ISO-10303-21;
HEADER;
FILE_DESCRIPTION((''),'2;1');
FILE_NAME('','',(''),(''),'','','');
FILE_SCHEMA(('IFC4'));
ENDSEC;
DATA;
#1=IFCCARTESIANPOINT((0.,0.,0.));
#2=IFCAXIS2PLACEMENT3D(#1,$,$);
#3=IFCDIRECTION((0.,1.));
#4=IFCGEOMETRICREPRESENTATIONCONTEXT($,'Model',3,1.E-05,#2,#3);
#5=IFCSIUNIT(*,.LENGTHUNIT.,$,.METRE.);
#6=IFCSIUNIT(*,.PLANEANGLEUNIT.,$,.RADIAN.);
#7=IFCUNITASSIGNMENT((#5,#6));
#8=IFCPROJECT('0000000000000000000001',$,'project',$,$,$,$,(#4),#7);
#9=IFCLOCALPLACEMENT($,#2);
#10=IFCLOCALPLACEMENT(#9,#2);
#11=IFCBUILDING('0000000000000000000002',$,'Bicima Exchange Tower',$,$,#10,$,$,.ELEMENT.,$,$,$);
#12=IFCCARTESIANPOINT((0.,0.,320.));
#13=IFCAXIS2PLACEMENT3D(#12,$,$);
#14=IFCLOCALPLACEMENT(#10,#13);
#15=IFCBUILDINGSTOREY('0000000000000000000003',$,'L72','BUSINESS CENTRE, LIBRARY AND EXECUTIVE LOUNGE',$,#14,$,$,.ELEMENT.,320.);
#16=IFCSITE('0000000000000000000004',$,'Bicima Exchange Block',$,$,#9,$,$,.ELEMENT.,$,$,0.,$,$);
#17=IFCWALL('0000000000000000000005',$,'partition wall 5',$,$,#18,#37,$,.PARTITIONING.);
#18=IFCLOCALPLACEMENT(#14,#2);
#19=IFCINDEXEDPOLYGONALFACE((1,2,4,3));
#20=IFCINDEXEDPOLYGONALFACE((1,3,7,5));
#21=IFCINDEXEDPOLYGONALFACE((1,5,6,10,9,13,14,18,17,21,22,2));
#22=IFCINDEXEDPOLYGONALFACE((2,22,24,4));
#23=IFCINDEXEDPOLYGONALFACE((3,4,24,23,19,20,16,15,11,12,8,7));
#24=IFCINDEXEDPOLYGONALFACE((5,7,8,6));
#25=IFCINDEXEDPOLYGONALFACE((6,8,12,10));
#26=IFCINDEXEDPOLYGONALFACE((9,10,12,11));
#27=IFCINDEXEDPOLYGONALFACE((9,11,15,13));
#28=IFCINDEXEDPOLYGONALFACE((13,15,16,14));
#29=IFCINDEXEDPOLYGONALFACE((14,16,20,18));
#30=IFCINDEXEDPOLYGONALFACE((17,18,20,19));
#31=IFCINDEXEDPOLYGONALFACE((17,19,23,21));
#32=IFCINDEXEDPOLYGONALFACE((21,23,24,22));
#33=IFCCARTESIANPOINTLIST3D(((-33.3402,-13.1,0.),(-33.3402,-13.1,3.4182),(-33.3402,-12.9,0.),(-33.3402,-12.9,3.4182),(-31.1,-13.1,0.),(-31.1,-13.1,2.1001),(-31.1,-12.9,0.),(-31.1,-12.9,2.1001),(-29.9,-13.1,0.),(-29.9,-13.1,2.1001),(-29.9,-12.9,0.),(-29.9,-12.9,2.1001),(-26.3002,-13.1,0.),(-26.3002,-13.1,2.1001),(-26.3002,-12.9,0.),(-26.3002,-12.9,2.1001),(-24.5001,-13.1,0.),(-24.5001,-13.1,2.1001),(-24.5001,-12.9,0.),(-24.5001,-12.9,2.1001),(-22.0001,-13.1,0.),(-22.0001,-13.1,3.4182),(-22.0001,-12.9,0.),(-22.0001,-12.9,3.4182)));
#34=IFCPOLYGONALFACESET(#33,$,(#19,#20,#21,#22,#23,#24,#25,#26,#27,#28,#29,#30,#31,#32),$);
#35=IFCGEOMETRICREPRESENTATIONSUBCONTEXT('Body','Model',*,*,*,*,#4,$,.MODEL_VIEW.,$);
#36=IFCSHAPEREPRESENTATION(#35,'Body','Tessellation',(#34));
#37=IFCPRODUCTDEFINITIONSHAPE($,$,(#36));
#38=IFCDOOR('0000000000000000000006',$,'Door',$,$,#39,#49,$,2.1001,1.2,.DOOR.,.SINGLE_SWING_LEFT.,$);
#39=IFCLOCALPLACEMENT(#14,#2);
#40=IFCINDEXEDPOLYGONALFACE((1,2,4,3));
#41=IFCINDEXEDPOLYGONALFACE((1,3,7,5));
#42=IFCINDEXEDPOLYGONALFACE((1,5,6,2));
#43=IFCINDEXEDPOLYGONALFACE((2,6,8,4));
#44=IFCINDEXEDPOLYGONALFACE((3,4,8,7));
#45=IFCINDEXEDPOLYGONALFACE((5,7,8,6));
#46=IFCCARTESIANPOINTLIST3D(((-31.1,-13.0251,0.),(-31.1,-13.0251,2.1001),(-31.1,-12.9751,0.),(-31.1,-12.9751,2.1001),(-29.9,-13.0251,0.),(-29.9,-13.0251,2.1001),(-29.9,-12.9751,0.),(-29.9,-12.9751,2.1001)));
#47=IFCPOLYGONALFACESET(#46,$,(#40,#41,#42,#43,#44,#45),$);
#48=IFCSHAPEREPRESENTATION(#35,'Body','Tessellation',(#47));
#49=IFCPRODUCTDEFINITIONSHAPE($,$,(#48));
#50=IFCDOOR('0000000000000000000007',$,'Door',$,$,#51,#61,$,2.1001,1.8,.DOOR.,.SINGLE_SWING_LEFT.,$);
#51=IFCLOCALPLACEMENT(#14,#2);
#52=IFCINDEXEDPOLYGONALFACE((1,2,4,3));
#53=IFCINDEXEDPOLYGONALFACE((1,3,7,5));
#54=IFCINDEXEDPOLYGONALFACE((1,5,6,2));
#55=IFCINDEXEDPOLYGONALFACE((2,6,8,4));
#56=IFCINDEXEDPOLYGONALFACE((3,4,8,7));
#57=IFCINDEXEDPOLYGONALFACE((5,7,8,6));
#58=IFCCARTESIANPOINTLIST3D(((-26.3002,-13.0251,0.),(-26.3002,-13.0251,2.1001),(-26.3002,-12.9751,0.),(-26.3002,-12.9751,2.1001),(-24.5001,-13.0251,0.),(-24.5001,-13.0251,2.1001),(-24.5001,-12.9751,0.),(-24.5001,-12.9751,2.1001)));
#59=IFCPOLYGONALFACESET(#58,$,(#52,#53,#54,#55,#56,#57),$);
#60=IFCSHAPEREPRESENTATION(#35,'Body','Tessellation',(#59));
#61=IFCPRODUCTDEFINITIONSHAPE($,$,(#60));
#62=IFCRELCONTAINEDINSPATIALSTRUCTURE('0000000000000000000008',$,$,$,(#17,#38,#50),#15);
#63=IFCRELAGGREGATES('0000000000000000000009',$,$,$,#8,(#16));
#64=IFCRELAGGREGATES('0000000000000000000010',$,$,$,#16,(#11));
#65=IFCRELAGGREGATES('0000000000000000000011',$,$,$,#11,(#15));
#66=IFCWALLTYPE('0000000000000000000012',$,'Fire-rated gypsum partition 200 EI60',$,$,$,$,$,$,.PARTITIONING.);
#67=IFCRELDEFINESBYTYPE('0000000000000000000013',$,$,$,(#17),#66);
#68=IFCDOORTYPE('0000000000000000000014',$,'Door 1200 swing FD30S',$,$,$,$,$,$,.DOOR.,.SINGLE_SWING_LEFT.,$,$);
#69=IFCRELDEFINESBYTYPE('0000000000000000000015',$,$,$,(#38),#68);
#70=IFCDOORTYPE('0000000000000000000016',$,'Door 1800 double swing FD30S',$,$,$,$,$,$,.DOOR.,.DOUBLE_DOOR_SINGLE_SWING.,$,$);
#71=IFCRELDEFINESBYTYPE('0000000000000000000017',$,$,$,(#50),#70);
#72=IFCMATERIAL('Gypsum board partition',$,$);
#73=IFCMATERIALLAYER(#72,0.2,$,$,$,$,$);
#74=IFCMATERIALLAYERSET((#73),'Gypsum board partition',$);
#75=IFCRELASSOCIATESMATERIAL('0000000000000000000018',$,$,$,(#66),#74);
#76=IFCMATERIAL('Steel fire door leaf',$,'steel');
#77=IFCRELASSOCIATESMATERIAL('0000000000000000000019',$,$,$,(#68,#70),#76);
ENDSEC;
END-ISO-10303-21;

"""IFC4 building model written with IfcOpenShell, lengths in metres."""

from ifc_helpers import new_model, si_unit, direction, frame, frame_2d, origin, place, context, subcontext, project, spatial, rectangle, extrude, material, layer, layer_set, type_object, element, fill, save


model = new_model("IFC4")

# Units and contexts
model_context = context("Model", 3, precision=1e-05, world=origin(), true_north=direction((0.0, 1.0)))
body_context = subcontext(model_context, "Body", "Model", "MODEL_VIEW")
ifc_project = project(units=[si_unit("LENGTHUNIT", "METRE"), si_unit("PLANEANGLEUNIT", "RADIAN")], contexts=[model_context])

# Site, building, storey
site_placement = place(None, origin())
site = spatial("IfcSite", under=ifc_project, at=site_placement, Name="Bicima Exchange Block", CompositionType="ELEMENT", RefElevation=0.0)
building_placement = place(site_placement, origin())
building = spatial("IfcBuilding", under=site, at=building_placement, Name="Bicima Exchange Tower", CompositionType="ELEMENT")
storey_placement = place(building_placement, frame((0.0, 0.0, 320.0)))
storey = spatial("IfcBuildingStorey", under=building, at=storey_placement, Name="L72", Description="BUSINESS CENTRE, LIBRARY AND EXECUTIVE LOUNGE", CompositionType="ELEMENT", Elevation=320.0)

# Wall, openings, doors
ifc_material_1 = material(Name="Gypsum board partition")
ifc_layer_1 = layer(ifc_material_1, 0.2)
ifc_layer_set_1 = layer_set([ifc_layer_1], Name="Gypsum board partition")
wall_type = type_object("IfcWallType", Name="Fire-rated gypsum partition 200 EI60", PredefinedType="PARTITIONING", material=ifc_layer_set_1)
ifc_material_2 = material(Name="Steel fire door leaf", Category="steel")
wall_1_placement = place(storey_placement, frame((-33.3401, -13.0, 0.0), z_axis=(0.0, 0.0, 1.0), x_axis=(1.0, 0.0, 0.0)))
wall_1 = element("IfcWall", 1, at=wall_1_placement, inside=storey, type_object=wall_type, Name="partition wall 5", PredefinedType="PARTITIONING", context=body_context, shape_type="SweptSolid", body=[
    extrude(rectangle(XDim=11.3401, YDim=0.2, at=frame_2d((5.6699, 0.0))), origin(), (0.0, 0.0, 1.0), 3.4182),
])
opening_1_placement = place(wall_1_placement, frame((2.24, 0.0, 0.0)))
opening_1 = element("IfcOpeningElement", 2, at=opening_1_placement, cuts=wall_1, PredefinedType="OPENING", context=body_context, shape_type="SweptSolid", body=[
    extrude(rectangle(XDim=1.2, YDim=2.1001, at=frame_2d((0.6001, 1.05))), frame((0.0, 0.1118, 0.0), z_axis=(0.0, -1.0, 0.0), x_axis=(1.0, 0.0, 0.0)), (0.0, 0.0, 1.0), 0.2239),
])
opening_2_placement = place(wall_1_placement, frame((7.04, 0.0, 0.0)))
opening_2 = element("IfcOpeningElement", 3, at=opening_2_placement, cuts=wall_1, PredefinedType="OPENING", context=body_context, shape_type="SweptSolid", body=[
    extrude(rectangle(XDim=1.8, YDim=2.1001, at=frame_2d((0.8999, 1.05))), frame((0.0, 0.1118, 0.0), z_axis=(0.0, -1.0, 0.0), x_axis=(1.0, 0.0, 0.0)), (0.0, 0.0, 1.0), 0.2239),
])
door_type_1 = type_object("IfcDoorType", Name="Door 1200 swing FD30S", OperationType="SINGLE_SWING_LEFT", PredefinedType="DOOR", material=ifc_material_2)
door_1_placement = place(opening_1_placement, origin())
door_1 = element("IfcDoor", 4, at=door_1_placement, inside=storey, type_object=door_type_1, Name="Door", OperationType="SINGLE_SWING_LEFT", OverallHeight=2.1001, OverallWidth=1.2, PredefinedType="DOOR", context=body_context, shape_type="SweptSolid", body=[
    extrude(rectangle(XDim=1.2, YDim=2.1001, at=frame_2d((0.6001, 1.05))), frame((0.0, 0.0249, 0.0), z_axis=(0.0, -1.0, 0.0), x_axis=(1.0, 0.0, 0.0)), (0.0, 0.0, 1.0), 0.05),
])
fill(opening_1, door_1)
door_type_2 = type_object("IfcDoorType", Name="Door 1800 double swing FD30S", OperationType="DOUBLE_DOOR_SINGLE_SWING", PredefinedType="DOOR", material=ifc_material_2)
door_2_placement = place(opening_2_placement, origin())
door_2 = element("IfcDoor", 5, at=door_2_placement, inside=storey, type_object=door_type_2, Name="Door", OperationType="SINGLE_SWING_LEFT", OverallHeight=2.1001, OverallWidth=1.8, PredefinedType="DOOR", context=body_context, shape_type="SweptSolid", body=[
    extrude(rectangle(XDim=1.8, YDim=2.1001, at=frame_2d((0.8999, 1.05))), frame((0.0, 0.0249, 0.0), z_axis=(0.0, -1.0, 0.0), x_axis=(1.0, 0.0, 0.0)), (0.0, 0.0, 1.0), 0.05),
])
fill(opening_2, door_2)

save(model, "model.ifc")
